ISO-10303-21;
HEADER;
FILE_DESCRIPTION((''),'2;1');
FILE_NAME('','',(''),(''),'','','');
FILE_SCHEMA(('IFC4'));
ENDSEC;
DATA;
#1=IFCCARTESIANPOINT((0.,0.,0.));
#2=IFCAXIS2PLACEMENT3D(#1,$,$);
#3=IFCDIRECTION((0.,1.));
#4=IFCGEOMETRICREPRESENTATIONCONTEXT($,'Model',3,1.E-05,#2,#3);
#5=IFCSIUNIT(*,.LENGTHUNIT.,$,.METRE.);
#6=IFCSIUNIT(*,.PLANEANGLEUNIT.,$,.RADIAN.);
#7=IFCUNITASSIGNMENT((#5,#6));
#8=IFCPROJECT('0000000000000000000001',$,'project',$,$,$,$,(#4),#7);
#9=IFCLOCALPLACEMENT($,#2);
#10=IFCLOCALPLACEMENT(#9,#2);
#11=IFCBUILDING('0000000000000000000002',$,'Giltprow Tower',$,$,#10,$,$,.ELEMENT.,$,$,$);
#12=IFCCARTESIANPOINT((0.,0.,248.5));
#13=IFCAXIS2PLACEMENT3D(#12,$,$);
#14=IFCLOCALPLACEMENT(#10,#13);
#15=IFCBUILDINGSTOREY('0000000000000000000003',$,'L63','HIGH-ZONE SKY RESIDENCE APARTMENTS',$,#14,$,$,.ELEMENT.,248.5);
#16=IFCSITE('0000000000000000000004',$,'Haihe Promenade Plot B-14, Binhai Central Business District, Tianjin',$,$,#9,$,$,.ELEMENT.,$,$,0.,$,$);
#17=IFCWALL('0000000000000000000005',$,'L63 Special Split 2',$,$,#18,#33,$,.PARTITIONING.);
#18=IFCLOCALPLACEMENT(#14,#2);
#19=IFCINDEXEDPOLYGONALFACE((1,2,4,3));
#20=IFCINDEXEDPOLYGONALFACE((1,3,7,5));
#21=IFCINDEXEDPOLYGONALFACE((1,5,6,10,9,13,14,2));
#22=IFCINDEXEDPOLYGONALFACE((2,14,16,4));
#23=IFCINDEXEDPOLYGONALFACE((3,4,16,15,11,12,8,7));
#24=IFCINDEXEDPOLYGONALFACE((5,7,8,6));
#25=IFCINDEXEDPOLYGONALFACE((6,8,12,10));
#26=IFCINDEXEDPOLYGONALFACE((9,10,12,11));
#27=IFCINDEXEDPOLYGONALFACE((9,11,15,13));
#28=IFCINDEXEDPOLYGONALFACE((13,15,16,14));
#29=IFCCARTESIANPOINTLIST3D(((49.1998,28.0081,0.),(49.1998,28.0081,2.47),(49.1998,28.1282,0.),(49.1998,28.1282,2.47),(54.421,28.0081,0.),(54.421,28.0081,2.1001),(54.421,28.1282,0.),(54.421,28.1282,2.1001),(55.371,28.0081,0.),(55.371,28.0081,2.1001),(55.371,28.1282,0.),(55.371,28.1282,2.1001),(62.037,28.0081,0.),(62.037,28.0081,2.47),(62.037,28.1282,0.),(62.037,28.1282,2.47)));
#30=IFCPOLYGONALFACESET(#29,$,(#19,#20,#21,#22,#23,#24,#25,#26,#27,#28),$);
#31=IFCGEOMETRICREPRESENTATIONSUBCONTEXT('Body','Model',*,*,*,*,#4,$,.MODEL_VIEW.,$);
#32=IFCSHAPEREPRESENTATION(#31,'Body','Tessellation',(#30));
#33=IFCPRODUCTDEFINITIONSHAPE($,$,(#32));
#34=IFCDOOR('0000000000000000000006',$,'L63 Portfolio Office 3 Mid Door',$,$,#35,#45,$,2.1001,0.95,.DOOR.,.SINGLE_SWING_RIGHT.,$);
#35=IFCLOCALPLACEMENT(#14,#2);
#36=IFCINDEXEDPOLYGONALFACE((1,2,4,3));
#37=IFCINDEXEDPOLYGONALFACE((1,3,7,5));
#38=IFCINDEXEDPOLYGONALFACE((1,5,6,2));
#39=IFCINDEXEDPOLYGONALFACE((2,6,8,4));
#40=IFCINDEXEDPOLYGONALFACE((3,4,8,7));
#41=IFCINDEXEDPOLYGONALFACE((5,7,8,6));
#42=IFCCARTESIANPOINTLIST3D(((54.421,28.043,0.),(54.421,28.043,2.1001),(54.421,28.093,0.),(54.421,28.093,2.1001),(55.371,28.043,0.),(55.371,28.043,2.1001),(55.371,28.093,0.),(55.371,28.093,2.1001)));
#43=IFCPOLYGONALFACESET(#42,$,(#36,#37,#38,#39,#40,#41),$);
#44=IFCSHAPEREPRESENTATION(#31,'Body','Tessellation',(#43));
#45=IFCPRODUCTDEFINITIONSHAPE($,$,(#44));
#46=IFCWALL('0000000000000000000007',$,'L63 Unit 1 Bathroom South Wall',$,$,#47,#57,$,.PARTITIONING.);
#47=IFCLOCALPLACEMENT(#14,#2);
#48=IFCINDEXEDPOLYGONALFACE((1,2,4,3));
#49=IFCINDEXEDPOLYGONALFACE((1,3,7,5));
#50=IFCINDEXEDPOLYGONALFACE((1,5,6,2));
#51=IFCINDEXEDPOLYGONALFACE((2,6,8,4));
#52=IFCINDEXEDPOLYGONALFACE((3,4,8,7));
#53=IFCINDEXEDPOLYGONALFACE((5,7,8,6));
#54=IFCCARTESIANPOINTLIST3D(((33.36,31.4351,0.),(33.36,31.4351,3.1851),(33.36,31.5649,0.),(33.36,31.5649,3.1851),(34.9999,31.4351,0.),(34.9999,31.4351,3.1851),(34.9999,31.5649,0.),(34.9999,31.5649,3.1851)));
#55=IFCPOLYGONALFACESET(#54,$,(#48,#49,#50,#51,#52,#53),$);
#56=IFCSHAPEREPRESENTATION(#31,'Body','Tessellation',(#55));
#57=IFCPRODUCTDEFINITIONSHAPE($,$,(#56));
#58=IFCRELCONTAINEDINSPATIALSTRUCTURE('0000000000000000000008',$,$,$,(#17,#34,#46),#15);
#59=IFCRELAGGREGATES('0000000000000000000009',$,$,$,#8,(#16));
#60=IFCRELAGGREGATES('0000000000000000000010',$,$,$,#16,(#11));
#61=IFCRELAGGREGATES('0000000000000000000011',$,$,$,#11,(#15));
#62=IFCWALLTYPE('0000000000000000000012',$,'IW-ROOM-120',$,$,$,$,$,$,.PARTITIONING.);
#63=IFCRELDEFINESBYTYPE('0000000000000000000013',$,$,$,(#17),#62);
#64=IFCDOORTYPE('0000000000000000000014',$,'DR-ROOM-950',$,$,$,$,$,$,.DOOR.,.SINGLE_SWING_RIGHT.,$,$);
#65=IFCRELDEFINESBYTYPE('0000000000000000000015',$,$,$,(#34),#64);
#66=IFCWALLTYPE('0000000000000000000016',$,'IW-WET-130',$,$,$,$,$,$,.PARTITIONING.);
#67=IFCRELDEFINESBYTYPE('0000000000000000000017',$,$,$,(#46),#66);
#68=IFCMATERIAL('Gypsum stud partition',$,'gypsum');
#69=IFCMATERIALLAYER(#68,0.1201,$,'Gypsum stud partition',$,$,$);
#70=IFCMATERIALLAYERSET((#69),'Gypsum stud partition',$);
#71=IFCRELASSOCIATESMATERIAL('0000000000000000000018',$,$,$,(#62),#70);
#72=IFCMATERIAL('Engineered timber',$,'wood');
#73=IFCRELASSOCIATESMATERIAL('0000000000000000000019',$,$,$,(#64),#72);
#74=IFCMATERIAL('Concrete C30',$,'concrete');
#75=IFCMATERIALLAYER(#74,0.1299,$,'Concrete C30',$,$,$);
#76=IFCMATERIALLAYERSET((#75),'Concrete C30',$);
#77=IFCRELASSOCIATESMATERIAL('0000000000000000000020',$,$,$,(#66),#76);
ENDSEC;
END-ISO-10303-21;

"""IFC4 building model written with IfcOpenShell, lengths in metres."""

from ifc_helpers import new_model, si_unit, direction, frame, frame_2d, origin, place, context, subcontext, project, spatial, rectangle, extrude, source, transform, mapped, material, layer, layer_set, type_object, element, fill, save


model = new_model("IFC4")

# Units and contexts
model_context = context("Model", 3, precision=1e-05, world=origin(), true_north=direction((0.0, 1.0)))
body_context = subcontext(model_context, "Body", "Model", "MODEL_VIEW")
ifc_project = project(units=[si_unit("LENGTHUNIT", "METRE"), si_unit("PLANEANGLEUNIT", "RADIAN")], contexts=[model_context])

# Site, building, storey
site_placement = place(None, origin())
site = spatial("IfcSite", under=ifc_project, at=site_placement, Name="Haihe Promenade Plot B-14, Binhai Central Business District, Tianjin", CompositionType="ELEMENT", RefElevation=0.0)
building_placement = place(site_placement, origin())
building = spatial("IfcBuilding", under=site, at=building_placement, Name="Giltprow Tower", CompositionType="ELEMENT")
storey_placement = place(building_placement, frame((0.0, 0.0, 248.5)))
storey = spatial("IfcBuildingStorey", under=building, at=storey_placement, Name="L63", Description="HIGH-ZONE SKY RESIDENCE APARTMENTS", CompositionType="ELEMENT", Elevation=248.5)

# Shared definitions
ifc_material_1 = material(Name="Gypsum stud partition", Category="gypsum")
ifc_layer_1 = layer(ifc_material_1, 0.1201, Name="Gypsum stud partition")
ifc_layer_set_1 = layer_set([ifc_layer_1], Name="Gypsum stud partition")
wall_type_1 = type_object("IfcWallType", Name="IW-ROOM-120", PredefinedType="PARTITIONING", material=ifc_layer_set_1)

# Shared definitions
ifc_material_2 = material(Name="Engineered timber", Category="wood")
door_type = type_object("IfcDoorType", Name="DR-ROOM-950", OperationType="SINGLE_SWING_RIGHT", PredefinedType="DOOR", material=ifc_material_2)
shared_shape_1 = source(origin(), body_context, "Body", "SweptSolid", [
    extrude(rectangle(XDim=0.95, YDim=2.1001, at=frame_2d((0.4751, 1.05))), frame((0.0, 0.0249, 0.0), z_axis=(0.0, -1.0, 0.0), x_axis=(1.0, 0.0, 0.0)), (0.0, 0.0, 1.0), 0.05),
])

# Wall, opening, door
wall_1_placement = place(storey_placement, frame((49.2, 28.0681, 0.0), z_axis=(0.0, 0.0, 1.0), x_axis=(1.0, 0.0, 0.0)))
wall_1 = element("IfcWall", 1, at=wall_1_placement, inside=storey, type_object=wall_type_1, Name="L63 Special Split 2", PredefinedType="PARTITIONING", context=body_context, shape_type="SweptSolid", body=[
    extrude(rectangle(XDim=12.8372, YDim=0.1201, at=frame_2d((6.4185, 0.0))), origin(), (0.0, 0.0, 1.0), 2.47),
])
opening_1_placement = place(wall_1_placement, frame((5.2209, 0.0, 0.0)))
opening_1 = element("IfcOpeningElement", 2, at=opening_1_placement, cuts=wall_1, PredefinedType="OPENING", context=body_context, shape_type="SweptSolid", body=[
    extrude(rectangle(XDim=0.95, YDim=2.1001, at=frame_2d((0.4751, 1.05))), frame((0.0, 0.0701, 0.0), z_axis=(0.0, -1.0, 0.0), x_axis=(1.0, 0.0, 0.0)), (0.0, 0.0, 1.0), 0.1401),
])
door_1_placement = place(opening_1_placement, origin())
door_1 = element("IfcDoor", 3, at=door_1_placement, inside=storey, type_object=door_type, Name="L63 Portfolio Office 3 Mid Door", OperationType="SINGLE_SWING_RIGHT", OverallHeight=2.1001, OverallWidth=0.95, PredefinedType="DOOR", context=body_context, shape_type="MappedRepresentation", body=[
    mapped(shared_shape_1, transform((0.0, 0.0, 0.0), x_axis=(1.0, 0.0, 0.0), y_axis=(0.0, 1.0, 0.0), z_axis=(0.0, 0.0, 1.0), scale=1.0)),
])
fill(opening_1, door_1)

# Wall
ifc_material_3 = material(Name="Concrete C30", Category="concrete")
ifc_layer_2 = layer(ifc_material_3, 0.1299, Name="Concrete C30")
ifc_layer_set_2 = layer_set([ifc_layer_2], Name="Concrete C30")
wall_type_2 = type_object("IfcWallType", Name="IW-WET-130", PredefinedType="PARTITIONING", material=ifc_layer_set_2)
wall_2_placement = place(storey_placement, frame((33.3601, 31.5, 0.0), z_axis=(0.0, 0.0, 1.0), x_axis=(1.0, 0.0, 0.0)))
element("IfcWall", 4, at=wall_2_placement, inside=storey, type_object=wall_type_2, Name="L63 Unit 1 Bathroom South Wall", PredefinedType="PARTITIONING", context=body_context, shape_type="SweptSolid", body=[
    extrude(rectangle(XDim=1.6399, YDim=0.1299, at=frame_2d((0.8198, 0.0))), origin(), (0.0, 0.0, 1.0), 3.1851),
])

save(model, "model.ifc")
